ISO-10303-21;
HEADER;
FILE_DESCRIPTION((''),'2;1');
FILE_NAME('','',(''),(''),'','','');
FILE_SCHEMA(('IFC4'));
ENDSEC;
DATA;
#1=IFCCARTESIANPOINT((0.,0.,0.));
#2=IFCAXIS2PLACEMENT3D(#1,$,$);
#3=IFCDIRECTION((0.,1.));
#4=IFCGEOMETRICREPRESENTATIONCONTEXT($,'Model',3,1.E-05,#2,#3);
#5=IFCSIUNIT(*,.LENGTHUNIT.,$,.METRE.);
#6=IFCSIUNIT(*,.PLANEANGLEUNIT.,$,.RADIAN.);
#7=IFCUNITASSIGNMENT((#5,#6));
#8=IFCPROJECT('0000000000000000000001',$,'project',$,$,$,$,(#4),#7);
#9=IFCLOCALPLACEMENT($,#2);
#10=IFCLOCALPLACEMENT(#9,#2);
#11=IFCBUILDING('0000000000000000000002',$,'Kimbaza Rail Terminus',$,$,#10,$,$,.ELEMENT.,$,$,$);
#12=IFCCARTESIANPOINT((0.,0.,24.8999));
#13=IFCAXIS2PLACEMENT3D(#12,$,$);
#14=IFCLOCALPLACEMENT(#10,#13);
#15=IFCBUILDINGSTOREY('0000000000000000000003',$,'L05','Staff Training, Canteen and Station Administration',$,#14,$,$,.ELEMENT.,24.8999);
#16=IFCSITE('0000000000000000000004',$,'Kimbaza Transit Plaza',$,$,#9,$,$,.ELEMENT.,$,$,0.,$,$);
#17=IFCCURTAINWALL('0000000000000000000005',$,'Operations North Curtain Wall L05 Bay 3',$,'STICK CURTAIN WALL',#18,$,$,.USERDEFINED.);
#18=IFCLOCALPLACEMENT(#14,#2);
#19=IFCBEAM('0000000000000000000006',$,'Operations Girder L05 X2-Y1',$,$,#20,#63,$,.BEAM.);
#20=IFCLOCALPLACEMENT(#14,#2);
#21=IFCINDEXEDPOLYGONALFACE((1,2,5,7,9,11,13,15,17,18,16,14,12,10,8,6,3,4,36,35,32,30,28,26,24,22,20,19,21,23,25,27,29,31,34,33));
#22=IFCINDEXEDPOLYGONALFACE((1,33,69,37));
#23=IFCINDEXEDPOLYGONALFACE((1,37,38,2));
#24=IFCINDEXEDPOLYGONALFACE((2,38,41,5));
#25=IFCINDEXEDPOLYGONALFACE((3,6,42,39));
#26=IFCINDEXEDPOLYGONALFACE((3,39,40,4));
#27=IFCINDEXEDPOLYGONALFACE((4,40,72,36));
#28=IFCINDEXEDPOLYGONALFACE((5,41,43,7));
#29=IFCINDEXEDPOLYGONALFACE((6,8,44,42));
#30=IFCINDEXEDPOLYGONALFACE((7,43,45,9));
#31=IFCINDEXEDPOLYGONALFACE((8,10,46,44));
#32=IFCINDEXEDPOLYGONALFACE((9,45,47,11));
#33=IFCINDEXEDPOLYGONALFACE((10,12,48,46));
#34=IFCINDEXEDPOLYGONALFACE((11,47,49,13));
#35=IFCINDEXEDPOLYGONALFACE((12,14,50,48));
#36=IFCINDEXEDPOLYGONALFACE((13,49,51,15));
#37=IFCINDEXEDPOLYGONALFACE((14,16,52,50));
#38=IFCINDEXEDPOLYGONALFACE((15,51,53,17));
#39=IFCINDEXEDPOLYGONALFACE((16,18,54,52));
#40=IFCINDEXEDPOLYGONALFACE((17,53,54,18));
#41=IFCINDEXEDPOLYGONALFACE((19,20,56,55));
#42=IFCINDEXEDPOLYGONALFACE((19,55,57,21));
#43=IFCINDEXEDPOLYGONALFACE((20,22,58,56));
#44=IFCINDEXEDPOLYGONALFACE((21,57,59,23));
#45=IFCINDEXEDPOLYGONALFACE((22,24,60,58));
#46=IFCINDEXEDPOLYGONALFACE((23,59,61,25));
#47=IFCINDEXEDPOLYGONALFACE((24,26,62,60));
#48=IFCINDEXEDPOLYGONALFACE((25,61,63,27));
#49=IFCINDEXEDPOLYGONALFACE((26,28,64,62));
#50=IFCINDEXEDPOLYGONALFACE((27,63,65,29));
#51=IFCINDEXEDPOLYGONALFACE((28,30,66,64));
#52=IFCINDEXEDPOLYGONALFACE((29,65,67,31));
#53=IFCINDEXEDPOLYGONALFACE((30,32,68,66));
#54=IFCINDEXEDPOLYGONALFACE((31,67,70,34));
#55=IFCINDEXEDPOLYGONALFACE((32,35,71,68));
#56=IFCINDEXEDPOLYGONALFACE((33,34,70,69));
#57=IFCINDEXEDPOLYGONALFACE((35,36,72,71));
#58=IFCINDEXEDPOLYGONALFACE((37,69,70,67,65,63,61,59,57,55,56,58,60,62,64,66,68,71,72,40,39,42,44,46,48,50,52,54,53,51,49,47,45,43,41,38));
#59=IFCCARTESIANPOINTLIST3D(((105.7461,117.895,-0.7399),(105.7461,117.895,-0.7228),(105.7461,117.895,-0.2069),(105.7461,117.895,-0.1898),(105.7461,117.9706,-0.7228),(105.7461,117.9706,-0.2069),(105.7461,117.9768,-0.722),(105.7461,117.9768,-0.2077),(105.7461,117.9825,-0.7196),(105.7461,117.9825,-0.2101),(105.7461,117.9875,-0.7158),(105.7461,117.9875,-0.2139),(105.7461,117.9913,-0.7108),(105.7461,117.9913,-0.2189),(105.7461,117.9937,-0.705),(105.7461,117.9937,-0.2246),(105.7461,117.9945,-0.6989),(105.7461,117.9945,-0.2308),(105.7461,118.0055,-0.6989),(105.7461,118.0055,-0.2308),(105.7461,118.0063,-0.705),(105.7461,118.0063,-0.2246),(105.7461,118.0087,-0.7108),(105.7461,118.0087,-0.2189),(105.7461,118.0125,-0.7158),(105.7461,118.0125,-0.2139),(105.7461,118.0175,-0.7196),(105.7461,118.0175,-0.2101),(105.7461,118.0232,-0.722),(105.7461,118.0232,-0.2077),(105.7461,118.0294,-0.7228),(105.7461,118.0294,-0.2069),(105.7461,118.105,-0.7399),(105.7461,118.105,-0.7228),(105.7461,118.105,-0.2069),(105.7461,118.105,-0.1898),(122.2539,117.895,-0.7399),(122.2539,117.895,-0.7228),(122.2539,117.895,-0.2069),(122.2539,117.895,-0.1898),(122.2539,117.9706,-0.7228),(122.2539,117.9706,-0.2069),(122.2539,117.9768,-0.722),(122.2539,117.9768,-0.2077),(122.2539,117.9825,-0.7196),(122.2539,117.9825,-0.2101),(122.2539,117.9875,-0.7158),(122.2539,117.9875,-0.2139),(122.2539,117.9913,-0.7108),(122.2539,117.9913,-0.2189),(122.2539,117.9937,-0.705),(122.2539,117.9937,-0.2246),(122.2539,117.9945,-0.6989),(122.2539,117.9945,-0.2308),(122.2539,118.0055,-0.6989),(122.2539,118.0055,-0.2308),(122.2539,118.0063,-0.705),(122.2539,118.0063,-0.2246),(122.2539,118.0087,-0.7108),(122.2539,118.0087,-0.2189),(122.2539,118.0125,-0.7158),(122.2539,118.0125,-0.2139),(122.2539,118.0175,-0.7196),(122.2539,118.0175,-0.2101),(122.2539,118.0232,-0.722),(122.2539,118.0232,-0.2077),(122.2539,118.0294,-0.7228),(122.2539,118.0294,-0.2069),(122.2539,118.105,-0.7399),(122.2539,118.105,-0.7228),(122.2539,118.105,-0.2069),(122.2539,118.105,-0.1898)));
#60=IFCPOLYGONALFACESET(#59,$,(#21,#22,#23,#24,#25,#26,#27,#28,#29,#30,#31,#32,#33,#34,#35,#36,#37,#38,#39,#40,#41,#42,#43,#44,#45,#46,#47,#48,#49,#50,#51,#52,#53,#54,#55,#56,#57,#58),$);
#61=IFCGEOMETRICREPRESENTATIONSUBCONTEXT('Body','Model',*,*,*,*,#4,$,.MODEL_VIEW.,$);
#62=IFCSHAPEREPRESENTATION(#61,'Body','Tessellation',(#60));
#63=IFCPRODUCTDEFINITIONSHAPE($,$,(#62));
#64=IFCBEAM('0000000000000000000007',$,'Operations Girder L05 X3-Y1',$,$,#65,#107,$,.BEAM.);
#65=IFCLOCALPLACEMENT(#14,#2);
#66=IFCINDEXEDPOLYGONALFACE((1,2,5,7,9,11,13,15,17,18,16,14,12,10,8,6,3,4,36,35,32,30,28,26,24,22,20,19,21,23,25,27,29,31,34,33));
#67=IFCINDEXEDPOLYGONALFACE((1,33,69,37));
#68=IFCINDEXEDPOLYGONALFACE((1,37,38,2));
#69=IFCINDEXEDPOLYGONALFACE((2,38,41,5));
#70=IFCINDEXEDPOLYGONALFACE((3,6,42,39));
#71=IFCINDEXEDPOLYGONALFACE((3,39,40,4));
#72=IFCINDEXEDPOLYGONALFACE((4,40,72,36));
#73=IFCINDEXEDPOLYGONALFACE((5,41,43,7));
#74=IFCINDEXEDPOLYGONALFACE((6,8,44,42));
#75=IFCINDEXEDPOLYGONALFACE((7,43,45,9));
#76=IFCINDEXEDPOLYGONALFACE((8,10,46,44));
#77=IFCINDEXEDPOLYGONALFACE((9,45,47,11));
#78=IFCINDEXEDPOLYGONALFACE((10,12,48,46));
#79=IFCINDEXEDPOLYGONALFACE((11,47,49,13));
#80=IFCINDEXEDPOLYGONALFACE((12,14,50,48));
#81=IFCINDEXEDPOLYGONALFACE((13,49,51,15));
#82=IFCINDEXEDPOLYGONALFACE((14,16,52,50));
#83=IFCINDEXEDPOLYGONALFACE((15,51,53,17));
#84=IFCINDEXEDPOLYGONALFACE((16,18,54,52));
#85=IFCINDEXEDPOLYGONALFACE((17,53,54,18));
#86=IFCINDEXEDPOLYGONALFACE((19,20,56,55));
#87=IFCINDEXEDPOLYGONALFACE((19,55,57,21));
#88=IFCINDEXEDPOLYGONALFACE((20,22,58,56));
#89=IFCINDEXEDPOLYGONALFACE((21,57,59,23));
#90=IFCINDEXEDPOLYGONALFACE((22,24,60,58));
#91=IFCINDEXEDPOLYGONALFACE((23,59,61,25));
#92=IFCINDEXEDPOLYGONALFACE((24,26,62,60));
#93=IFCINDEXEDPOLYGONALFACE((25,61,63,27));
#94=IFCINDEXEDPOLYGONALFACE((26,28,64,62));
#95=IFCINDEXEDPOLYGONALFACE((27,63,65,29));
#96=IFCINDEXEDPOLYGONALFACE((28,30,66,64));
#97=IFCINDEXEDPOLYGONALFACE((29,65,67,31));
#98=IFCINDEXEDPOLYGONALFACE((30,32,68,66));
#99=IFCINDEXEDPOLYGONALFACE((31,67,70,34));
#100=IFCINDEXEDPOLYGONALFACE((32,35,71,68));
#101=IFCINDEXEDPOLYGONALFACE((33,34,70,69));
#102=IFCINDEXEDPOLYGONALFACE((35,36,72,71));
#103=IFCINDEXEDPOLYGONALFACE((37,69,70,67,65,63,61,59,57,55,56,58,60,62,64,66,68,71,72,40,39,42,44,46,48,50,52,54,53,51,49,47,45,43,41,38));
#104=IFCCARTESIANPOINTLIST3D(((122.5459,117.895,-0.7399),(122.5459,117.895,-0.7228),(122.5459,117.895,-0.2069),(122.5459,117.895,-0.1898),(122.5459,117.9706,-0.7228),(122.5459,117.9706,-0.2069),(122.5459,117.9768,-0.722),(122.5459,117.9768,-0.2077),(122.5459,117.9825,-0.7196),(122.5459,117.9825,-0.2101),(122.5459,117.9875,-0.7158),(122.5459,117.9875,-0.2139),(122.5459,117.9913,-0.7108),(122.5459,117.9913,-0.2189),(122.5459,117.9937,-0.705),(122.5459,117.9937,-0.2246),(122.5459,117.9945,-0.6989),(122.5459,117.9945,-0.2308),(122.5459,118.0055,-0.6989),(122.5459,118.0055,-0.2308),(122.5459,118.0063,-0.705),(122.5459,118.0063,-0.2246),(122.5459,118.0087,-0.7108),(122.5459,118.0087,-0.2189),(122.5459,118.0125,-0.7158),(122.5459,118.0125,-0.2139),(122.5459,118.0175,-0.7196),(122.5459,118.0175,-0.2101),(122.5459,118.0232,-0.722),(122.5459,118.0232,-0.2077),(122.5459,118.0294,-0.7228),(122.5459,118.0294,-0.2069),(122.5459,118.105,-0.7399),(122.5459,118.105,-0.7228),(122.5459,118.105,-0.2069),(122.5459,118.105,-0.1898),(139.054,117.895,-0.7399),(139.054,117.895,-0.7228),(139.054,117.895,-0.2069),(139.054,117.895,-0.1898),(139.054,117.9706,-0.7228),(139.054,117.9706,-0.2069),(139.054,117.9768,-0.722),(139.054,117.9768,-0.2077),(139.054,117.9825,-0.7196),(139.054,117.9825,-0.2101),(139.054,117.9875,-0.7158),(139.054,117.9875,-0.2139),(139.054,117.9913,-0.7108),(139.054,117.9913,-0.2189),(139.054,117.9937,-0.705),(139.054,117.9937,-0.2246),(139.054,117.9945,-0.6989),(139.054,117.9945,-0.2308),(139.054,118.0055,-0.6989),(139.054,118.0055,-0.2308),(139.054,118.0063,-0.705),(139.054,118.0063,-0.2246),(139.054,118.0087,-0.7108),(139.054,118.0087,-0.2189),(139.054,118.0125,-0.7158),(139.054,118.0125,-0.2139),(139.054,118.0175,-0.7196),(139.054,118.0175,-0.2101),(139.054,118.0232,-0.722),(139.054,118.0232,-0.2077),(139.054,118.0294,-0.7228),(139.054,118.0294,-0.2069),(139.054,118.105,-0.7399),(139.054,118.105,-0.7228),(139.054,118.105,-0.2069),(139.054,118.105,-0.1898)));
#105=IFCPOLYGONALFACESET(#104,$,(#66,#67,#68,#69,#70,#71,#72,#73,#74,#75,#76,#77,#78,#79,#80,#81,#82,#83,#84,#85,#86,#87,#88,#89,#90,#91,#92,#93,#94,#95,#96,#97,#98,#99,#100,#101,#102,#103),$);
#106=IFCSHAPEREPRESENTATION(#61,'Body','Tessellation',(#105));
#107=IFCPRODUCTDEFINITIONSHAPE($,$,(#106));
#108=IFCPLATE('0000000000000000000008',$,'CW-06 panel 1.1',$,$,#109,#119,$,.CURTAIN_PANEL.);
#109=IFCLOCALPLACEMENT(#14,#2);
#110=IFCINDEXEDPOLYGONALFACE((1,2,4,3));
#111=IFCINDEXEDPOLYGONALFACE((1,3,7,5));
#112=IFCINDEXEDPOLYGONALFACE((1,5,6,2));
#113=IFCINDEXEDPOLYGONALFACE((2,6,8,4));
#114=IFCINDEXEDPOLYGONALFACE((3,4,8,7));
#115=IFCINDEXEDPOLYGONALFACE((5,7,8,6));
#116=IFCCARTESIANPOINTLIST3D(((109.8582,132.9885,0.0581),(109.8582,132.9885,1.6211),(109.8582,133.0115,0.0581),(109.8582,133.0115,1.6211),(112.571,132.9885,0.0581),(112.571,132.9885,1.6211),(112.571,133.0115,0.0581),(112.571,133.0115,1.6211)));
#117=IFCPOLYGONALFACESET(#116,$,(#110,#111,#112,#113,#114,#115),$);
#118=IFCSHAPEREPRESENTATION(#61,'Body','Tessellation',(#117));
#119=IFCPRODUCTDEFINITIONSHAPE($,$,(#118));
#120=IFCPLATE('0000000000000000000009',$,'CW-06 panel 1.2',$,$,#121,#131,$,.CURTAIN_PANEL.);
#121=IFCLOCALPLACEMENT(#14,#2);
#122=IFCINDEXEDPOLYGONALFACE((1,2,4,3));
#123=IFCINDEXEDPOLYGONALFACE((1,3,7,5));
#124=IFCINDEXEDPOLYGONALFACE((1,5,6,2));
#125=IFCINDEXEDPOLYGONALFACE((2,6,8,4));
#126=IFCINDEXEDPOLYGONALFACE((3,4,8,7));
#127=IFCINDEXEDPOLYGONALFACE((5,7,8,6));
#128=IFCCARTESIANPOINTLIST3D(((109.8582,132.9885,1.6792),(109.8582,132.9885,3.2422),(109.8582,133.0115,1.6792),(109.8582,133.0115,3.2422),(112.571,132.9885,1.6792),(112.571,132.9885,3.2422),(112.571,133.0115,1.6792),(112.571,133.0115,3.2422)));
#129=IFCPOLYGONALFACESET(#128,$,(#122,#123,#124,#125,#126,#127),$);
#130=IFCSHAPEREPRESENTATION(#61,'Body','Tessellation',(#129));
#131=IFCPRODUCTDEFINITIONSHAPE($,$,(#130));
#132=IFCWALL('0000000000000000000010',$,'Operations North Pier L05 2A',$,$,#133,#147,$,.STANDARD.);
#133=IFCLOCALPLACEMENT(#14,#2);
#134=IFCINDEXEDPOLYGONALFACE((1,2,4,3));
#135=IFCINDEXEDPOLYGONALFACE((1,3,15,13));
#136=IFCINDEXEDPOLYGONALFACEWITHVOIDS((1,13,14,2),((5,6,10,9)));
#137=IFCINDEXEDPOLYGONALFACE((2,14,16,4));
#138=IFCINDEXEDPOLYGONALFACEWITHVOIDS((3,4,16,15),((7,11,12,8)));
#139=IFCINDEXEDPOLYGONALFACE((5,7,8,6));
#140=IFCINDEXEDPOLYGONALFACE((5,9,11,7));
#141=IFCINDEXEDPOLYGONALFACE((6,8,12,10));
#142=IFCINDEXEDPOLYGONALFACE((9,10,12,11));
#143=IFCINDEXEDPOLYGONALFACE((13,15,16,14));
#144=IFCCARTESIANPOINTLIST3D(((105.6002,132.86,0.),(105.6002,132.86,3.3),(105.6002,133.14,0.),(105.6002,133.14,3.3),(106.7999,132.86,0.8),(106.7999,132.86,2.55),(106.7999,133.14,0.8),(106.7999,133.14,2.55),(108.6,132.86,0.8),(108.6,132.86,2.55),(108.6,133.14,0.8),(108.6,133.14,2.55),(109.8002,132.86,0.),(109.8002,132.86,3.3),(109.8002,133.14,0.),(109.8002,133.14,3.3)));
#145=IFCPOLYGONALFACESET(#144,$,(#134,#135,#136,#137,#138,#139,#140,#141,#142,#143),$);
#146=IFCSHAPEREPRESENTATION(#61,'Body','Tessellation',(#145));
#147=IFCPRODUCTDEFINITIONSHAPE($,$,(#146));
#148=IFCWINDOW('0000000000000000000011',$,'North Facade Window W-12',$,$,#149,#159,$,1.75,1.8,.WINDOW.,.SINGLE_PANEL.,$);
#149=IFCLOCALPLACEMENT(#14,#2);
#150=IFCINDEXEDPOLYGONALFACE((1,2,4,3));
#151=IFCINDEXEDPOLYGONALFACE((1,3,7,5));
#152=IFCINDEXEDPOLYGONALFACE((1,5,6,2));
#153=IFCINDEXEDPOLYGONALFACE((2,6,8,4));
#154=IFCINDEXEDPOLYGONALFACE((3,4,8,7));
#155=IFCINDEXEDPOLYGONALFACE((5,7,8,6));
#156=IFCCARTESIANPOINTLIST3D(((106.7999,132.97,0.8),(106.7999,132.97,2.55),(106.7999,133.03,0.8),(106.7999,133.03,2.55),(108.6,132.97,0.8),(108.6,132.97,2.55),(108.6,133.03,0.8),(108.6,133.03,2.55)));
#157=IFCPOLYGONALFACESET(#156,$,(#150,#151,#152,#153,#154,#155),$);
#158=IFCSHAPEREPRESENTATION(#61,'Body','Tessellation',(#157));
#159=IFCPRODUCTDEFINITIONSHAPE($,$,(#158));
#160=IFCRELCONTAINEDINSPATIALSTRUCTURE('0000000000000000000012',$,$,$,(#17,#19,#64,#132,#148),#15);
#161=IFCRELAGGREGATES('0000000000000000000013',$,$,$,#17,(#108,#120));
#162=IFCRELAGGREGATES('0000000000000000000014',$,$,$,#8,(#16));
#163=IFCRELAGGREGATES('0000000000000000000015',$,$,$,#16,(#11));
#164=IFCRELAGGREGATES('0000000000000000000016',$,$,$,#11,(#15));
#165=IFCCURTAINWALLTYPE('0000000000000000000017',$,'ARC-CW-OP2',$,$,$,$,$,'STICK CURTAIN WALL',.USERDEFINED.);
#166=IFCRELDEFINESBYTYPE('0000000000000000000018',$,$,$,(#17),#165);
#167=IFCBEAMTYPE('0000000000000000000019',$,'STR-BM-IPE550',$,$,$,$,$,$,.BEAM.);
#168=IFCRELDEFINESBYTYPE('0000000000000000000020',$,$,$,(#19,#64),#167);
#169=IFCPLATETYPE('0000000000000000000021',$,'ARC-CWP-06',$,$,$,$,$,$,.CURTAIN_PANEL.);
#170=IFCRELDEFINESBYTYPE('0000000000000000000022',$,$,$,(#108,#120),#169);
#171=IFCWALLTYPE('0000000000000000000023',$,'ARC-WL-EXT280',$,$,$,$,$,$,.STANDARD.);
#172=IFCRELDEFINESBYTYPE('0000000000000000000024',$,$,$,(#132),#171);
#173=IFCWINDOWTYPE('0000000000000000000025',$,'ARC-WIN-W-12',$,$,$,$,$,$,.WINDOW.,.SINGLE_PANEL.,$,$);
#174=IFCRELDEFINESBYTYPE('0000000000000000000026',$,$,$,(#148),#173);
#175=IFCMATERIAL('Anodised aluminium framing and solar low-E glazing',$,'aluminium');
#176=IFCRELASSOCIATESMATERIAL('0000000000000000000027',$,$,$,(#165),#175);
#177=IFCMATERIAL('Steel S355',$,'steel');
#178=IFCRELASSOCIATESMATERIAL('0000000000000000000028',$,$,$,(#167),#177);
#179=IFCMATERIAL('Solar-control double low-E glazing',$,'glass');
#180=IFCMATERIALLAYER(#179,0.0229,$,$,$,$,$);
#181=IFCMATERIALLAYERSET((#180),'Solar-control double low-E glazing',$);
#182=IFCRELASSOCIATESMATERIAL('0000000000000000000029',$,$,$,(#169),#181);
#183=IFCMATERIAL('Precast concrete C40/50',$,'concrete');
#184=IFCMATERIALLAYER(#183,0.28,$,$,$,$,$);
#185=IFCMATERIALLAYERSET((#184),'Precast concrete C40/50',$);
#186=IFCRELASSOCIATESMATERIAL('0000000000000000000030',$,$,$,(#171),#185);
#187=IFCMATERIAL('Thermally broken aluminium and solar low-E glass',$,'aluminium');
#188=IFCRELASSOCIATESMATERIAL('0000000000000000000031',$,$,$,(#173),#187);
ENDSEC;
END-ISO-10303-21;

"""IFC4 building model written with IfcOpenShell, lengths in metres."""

from ifc_helpers import new_model, si_unit, direction, frame, frame_2d, origin, origin_2d, place, context, subcontext, project, spatial, rectangle, i_section, extrude, material, layer, layer_set, material_profile, profile_set, type_object, element, fill, aggregate, save


model = new_model("IFC4")

# Units and contexts
model_context = context("Model", 3, precision=1e-05, world=origin(), true_north=direction((0.0, 1.0)))
body_context = subcontext(model_context, "Body", "Model", "MODEL_VIEW")
ifc_project = project(units=[si_unit("LENGTHUNIT", "METRE"), si_unit("PLANEANGLEUNIT", "RADIAN")], contexts=[model_context])

# Site, building, storey
site_placement = place(None, origin())
site = spatial("IfcSite", under=ifc_project, at=site_placement, Name="Kimbaza Transit Plaza", CompositionType="ELEMENT", RefElevation=0.0)
building_placement = place(site_placement, origin())
building = spatial("IfcBuilding", under=site, at=building_placement, Name="Kimbaza Rail Terminus", CompositionType="ELEMENT")
storey_placement = place(building_placement, frame((0.0, 0.0, 24.8999)))
storey = spatial("IfcBuildingStorey", under=building, at=storey_placement, Name="L05", Description="Staff Training, Canteen and Station Administration", CompositionType="ELEMENT", Elevation=24.8999)

# Curtain wall
ifc_material_1 = material(Name="Anodised aluminium framing and solar low-E glazing", Category="aluminium")
curtain_wall_type = type_object("IfcCurtainWallType", Name="ARC-CW-OP2", ElementType="STICK CURTAIN WALL", PredefinedType="USERDEFINED", material=ifc_material_1)
curtain_wall_placement = place(storey_placement, origin())
curtain_wall = element("IfcCurtainWall", 1, at=curtain_wall_placement, inside=storey, type_object=curtain_wall_type, Name="Operations North Curtain Wall L05 Bay 3", ObjectType="STICK CURTAIN WALL", PredefinedType="USERDEFINED")

# Beams
ifc_material_2 = material(Name="Steel S355", Category="steel")
ifc_material_profile_1 = material_profile(ifc_material_2, i_section(OverallWidth=0.21, OverallDepth=0.55, WebThickness=0.011, FlangeThickness=0.0171, FilletRadius=0.0239, at=origin_2d()), Name="IPE 550")
ifc_profile_set_1 = profile_set([ifc_material_profile_1], Name="Steel S355")
beam_type_1 = type_object("IfcBeamType", Name="STR-BM-IPE550", PredefinedType="BEAM", material=ifc_profile_set_1)
beam_1_placement = place(storey_placement, frame((105.7461, 118.0, -0.4648), z_axis=(1.0, 0.0, 0.0), x_axis=(0.0, 1.0, 0.0)))
element("IfcBeam", 2, at=beam_1_placement, inside=storey, type_object=beam_type_1, Name="Operations Girder L05 X2-Y1", PredefinedType="BEAM", context=body_context, shape_type="SweptSolid", body=[
    extrude(i_section(OverallWidth=0.21, OverallDepth=0.55, WebThickness=0.011, FlangeThickness=0.0171, FilletRadius=0.0239, at=origin_2d()), origin(), (0.0, 0.0, 1.0), 16.5078),
])
beam_2_placement = place(storey_placement, frame((122.5459, 118.0, -0.4648), z_axis=(1.0, 0.0, 0.0), x_axis=(0.0, 1.0, 0.0)))
element("IfcBeam", 3, at=beam_2_placement, inside=storey, type_object=beam_type_1, Name="Operations Girder L05 X3-Y1", PredefinedType="BEAM", context=body_context, shape_type="SweptSolid", body=[
    extrude(i_section(OverallWidth=0.21, OverallDepth=0.55, WebThickness=0.011, FlangeThickness=0.0171, FilletRadius=0.0239, at=origin_2d()), origin(), (0.0, 0.0, 1.0), 16.5081),
])

# Plates
ifc_material_3 = material(Name="Solar-control double low-E glazing", Category="glass")
ifc_layer_1 = layer(ifc_material_3, 0.0229)
ifc_layer_set_1 = layer_set([ifc_layer_1], Name="Solar-control double low-E glazing")
plate_type = type_object("IfcPlateType", Name="ARC-CWP-06", PredefinedType="CURTAIN_PANEL", material=ifc_layer_set_1)
plate_1_placement = place(storey_placement, frame((111.2146, 133.0, 0.0581), z_axis=(0.0, 0.0, 1.0), x_axis=(1.0, 0.0, 0.0)))
plate_1 = element("IfcPlate", 4, at=plate_1_placement, type_object=plate_type, Name="CW-06 panel 1.1", PredefinedType="CURTAIN_PANEL", context=body_context, shape_type="SweptSolid", body=[
    extrude(rectangle(XDim=2.7129, YDim=0.0229, at=origin_2d()), origin(), (0.0, 0.0, 1.0), 1.563),
])
plate_2_placement = place(storey_placement, frame((111.2146, 133.0, 1.6792), z_axis=(0.0, 0.0, 1.0), x_axis=(1.0, 0.0, 0.0)))
plate_2 = element("IfcPlate", 5, at=plate_2_placement, type_object=plate_type, Name="CW-06 panel 1.2", PredefinedType="CURTAIN_PANEL", context=body_context, shape_type="SweptSolid", body=[
    extrude(rectangle(XDim=2.7129, YDim=0.0229, at=origin_2d()), origin(), (0.0, 0.0, 1.0), 1.563),
])
aggregate(curtain_wall, [plate_1, plate_2])

# Wall, opening, window
ifc_material_4 = material(Name="Precast concrete C40/50", Category="concrete")
ifc_layer_2 = layer(ifc_material_4, 0.28)
ifc_layer_set_2 = layer_set([ifc_layer_2], Name="Precast concrete C40/50")
wall_type_1 = type_object("IfcWallType", Name="ARC-WL-EXT280", PredefinedType="STANDARD", material=ifc_layer_set_2)
wall_1_placement = place(storey_placement, frame((105.6001, 133.0, 0.0), z_axis=(0.0, 0.0, 1.0), x_axis=(1.0, 0.0, 0.0)))
wall_1 = element("IfcWall", 6, at=wall_1_placement, inside=storey, type_object=wall_type_1, Name="Operations North Pier L05 2A", PredefinedType="STANDARD", context=body_context, shape_type="SweptSolid", body=[
    extrude(rectangle(XDim=4.2, YDim=0.28, at=frame_2d((2.1001, 0.0))), origin(), (0.0, 0.0, 1.0), 3.3),
])
opening_1_placement = place(wall_1_placement, frame((1.2, 0.0, 0.8)))
opening_1 = element("IfcOpeningElement", 7, at=opening_1_placement, cuts=wall_1, PredefinedType="OPENING", context=body_context, shape_type="SweptSolid", body=[
    extrude(rectangle(XDim=1.8, YDim=1.75, at=frame_2d((0.8999, 0.875))), frame((0.0, 0.1499, 0.0), z_axis=(0.0, -1.0, 0.0), x_axis=(1.0, 0.0, 0.0)), (0.0, 0.0, 1.0), 0.3),
])
ifc_material_5 = material(Name="Thermally broken aluminium and solar low-E glass", Category="aluminium")
window_type = type_object("IfcWindowType", Name="ARC-WIN-W-12", PartitioningType="SINGLE_PANEL", PredefinedType="WINDOW", material=ifc_material_5)
window_placement = place(opening_1_placement, origin())
window = element("IfcWindow", 8, at=window_placement, inside=storey, type_object=window_type, Name="North Facade Window W-12", OverallHeight=1.75, OverallWidth=1.8, PartitioningType="SINGLE_PANEL", PredefinedType="WINDOW", context=body_context, shape_type="SweptSolid", body=[
    extrude(rectangle(XDim=1.8, YDim=1.75, at=frame_2d((0.8999, 0.875))), frame((0.0, 0.03, 0.0), z_axis=(0.0, -1.0, 0.0), x_axis=(1.0, 0.0, 0.0)), (0.0, 0.0, 1.0), 0.0601),
])
fill(opening_1, window)

save(model, "model.ifc")
